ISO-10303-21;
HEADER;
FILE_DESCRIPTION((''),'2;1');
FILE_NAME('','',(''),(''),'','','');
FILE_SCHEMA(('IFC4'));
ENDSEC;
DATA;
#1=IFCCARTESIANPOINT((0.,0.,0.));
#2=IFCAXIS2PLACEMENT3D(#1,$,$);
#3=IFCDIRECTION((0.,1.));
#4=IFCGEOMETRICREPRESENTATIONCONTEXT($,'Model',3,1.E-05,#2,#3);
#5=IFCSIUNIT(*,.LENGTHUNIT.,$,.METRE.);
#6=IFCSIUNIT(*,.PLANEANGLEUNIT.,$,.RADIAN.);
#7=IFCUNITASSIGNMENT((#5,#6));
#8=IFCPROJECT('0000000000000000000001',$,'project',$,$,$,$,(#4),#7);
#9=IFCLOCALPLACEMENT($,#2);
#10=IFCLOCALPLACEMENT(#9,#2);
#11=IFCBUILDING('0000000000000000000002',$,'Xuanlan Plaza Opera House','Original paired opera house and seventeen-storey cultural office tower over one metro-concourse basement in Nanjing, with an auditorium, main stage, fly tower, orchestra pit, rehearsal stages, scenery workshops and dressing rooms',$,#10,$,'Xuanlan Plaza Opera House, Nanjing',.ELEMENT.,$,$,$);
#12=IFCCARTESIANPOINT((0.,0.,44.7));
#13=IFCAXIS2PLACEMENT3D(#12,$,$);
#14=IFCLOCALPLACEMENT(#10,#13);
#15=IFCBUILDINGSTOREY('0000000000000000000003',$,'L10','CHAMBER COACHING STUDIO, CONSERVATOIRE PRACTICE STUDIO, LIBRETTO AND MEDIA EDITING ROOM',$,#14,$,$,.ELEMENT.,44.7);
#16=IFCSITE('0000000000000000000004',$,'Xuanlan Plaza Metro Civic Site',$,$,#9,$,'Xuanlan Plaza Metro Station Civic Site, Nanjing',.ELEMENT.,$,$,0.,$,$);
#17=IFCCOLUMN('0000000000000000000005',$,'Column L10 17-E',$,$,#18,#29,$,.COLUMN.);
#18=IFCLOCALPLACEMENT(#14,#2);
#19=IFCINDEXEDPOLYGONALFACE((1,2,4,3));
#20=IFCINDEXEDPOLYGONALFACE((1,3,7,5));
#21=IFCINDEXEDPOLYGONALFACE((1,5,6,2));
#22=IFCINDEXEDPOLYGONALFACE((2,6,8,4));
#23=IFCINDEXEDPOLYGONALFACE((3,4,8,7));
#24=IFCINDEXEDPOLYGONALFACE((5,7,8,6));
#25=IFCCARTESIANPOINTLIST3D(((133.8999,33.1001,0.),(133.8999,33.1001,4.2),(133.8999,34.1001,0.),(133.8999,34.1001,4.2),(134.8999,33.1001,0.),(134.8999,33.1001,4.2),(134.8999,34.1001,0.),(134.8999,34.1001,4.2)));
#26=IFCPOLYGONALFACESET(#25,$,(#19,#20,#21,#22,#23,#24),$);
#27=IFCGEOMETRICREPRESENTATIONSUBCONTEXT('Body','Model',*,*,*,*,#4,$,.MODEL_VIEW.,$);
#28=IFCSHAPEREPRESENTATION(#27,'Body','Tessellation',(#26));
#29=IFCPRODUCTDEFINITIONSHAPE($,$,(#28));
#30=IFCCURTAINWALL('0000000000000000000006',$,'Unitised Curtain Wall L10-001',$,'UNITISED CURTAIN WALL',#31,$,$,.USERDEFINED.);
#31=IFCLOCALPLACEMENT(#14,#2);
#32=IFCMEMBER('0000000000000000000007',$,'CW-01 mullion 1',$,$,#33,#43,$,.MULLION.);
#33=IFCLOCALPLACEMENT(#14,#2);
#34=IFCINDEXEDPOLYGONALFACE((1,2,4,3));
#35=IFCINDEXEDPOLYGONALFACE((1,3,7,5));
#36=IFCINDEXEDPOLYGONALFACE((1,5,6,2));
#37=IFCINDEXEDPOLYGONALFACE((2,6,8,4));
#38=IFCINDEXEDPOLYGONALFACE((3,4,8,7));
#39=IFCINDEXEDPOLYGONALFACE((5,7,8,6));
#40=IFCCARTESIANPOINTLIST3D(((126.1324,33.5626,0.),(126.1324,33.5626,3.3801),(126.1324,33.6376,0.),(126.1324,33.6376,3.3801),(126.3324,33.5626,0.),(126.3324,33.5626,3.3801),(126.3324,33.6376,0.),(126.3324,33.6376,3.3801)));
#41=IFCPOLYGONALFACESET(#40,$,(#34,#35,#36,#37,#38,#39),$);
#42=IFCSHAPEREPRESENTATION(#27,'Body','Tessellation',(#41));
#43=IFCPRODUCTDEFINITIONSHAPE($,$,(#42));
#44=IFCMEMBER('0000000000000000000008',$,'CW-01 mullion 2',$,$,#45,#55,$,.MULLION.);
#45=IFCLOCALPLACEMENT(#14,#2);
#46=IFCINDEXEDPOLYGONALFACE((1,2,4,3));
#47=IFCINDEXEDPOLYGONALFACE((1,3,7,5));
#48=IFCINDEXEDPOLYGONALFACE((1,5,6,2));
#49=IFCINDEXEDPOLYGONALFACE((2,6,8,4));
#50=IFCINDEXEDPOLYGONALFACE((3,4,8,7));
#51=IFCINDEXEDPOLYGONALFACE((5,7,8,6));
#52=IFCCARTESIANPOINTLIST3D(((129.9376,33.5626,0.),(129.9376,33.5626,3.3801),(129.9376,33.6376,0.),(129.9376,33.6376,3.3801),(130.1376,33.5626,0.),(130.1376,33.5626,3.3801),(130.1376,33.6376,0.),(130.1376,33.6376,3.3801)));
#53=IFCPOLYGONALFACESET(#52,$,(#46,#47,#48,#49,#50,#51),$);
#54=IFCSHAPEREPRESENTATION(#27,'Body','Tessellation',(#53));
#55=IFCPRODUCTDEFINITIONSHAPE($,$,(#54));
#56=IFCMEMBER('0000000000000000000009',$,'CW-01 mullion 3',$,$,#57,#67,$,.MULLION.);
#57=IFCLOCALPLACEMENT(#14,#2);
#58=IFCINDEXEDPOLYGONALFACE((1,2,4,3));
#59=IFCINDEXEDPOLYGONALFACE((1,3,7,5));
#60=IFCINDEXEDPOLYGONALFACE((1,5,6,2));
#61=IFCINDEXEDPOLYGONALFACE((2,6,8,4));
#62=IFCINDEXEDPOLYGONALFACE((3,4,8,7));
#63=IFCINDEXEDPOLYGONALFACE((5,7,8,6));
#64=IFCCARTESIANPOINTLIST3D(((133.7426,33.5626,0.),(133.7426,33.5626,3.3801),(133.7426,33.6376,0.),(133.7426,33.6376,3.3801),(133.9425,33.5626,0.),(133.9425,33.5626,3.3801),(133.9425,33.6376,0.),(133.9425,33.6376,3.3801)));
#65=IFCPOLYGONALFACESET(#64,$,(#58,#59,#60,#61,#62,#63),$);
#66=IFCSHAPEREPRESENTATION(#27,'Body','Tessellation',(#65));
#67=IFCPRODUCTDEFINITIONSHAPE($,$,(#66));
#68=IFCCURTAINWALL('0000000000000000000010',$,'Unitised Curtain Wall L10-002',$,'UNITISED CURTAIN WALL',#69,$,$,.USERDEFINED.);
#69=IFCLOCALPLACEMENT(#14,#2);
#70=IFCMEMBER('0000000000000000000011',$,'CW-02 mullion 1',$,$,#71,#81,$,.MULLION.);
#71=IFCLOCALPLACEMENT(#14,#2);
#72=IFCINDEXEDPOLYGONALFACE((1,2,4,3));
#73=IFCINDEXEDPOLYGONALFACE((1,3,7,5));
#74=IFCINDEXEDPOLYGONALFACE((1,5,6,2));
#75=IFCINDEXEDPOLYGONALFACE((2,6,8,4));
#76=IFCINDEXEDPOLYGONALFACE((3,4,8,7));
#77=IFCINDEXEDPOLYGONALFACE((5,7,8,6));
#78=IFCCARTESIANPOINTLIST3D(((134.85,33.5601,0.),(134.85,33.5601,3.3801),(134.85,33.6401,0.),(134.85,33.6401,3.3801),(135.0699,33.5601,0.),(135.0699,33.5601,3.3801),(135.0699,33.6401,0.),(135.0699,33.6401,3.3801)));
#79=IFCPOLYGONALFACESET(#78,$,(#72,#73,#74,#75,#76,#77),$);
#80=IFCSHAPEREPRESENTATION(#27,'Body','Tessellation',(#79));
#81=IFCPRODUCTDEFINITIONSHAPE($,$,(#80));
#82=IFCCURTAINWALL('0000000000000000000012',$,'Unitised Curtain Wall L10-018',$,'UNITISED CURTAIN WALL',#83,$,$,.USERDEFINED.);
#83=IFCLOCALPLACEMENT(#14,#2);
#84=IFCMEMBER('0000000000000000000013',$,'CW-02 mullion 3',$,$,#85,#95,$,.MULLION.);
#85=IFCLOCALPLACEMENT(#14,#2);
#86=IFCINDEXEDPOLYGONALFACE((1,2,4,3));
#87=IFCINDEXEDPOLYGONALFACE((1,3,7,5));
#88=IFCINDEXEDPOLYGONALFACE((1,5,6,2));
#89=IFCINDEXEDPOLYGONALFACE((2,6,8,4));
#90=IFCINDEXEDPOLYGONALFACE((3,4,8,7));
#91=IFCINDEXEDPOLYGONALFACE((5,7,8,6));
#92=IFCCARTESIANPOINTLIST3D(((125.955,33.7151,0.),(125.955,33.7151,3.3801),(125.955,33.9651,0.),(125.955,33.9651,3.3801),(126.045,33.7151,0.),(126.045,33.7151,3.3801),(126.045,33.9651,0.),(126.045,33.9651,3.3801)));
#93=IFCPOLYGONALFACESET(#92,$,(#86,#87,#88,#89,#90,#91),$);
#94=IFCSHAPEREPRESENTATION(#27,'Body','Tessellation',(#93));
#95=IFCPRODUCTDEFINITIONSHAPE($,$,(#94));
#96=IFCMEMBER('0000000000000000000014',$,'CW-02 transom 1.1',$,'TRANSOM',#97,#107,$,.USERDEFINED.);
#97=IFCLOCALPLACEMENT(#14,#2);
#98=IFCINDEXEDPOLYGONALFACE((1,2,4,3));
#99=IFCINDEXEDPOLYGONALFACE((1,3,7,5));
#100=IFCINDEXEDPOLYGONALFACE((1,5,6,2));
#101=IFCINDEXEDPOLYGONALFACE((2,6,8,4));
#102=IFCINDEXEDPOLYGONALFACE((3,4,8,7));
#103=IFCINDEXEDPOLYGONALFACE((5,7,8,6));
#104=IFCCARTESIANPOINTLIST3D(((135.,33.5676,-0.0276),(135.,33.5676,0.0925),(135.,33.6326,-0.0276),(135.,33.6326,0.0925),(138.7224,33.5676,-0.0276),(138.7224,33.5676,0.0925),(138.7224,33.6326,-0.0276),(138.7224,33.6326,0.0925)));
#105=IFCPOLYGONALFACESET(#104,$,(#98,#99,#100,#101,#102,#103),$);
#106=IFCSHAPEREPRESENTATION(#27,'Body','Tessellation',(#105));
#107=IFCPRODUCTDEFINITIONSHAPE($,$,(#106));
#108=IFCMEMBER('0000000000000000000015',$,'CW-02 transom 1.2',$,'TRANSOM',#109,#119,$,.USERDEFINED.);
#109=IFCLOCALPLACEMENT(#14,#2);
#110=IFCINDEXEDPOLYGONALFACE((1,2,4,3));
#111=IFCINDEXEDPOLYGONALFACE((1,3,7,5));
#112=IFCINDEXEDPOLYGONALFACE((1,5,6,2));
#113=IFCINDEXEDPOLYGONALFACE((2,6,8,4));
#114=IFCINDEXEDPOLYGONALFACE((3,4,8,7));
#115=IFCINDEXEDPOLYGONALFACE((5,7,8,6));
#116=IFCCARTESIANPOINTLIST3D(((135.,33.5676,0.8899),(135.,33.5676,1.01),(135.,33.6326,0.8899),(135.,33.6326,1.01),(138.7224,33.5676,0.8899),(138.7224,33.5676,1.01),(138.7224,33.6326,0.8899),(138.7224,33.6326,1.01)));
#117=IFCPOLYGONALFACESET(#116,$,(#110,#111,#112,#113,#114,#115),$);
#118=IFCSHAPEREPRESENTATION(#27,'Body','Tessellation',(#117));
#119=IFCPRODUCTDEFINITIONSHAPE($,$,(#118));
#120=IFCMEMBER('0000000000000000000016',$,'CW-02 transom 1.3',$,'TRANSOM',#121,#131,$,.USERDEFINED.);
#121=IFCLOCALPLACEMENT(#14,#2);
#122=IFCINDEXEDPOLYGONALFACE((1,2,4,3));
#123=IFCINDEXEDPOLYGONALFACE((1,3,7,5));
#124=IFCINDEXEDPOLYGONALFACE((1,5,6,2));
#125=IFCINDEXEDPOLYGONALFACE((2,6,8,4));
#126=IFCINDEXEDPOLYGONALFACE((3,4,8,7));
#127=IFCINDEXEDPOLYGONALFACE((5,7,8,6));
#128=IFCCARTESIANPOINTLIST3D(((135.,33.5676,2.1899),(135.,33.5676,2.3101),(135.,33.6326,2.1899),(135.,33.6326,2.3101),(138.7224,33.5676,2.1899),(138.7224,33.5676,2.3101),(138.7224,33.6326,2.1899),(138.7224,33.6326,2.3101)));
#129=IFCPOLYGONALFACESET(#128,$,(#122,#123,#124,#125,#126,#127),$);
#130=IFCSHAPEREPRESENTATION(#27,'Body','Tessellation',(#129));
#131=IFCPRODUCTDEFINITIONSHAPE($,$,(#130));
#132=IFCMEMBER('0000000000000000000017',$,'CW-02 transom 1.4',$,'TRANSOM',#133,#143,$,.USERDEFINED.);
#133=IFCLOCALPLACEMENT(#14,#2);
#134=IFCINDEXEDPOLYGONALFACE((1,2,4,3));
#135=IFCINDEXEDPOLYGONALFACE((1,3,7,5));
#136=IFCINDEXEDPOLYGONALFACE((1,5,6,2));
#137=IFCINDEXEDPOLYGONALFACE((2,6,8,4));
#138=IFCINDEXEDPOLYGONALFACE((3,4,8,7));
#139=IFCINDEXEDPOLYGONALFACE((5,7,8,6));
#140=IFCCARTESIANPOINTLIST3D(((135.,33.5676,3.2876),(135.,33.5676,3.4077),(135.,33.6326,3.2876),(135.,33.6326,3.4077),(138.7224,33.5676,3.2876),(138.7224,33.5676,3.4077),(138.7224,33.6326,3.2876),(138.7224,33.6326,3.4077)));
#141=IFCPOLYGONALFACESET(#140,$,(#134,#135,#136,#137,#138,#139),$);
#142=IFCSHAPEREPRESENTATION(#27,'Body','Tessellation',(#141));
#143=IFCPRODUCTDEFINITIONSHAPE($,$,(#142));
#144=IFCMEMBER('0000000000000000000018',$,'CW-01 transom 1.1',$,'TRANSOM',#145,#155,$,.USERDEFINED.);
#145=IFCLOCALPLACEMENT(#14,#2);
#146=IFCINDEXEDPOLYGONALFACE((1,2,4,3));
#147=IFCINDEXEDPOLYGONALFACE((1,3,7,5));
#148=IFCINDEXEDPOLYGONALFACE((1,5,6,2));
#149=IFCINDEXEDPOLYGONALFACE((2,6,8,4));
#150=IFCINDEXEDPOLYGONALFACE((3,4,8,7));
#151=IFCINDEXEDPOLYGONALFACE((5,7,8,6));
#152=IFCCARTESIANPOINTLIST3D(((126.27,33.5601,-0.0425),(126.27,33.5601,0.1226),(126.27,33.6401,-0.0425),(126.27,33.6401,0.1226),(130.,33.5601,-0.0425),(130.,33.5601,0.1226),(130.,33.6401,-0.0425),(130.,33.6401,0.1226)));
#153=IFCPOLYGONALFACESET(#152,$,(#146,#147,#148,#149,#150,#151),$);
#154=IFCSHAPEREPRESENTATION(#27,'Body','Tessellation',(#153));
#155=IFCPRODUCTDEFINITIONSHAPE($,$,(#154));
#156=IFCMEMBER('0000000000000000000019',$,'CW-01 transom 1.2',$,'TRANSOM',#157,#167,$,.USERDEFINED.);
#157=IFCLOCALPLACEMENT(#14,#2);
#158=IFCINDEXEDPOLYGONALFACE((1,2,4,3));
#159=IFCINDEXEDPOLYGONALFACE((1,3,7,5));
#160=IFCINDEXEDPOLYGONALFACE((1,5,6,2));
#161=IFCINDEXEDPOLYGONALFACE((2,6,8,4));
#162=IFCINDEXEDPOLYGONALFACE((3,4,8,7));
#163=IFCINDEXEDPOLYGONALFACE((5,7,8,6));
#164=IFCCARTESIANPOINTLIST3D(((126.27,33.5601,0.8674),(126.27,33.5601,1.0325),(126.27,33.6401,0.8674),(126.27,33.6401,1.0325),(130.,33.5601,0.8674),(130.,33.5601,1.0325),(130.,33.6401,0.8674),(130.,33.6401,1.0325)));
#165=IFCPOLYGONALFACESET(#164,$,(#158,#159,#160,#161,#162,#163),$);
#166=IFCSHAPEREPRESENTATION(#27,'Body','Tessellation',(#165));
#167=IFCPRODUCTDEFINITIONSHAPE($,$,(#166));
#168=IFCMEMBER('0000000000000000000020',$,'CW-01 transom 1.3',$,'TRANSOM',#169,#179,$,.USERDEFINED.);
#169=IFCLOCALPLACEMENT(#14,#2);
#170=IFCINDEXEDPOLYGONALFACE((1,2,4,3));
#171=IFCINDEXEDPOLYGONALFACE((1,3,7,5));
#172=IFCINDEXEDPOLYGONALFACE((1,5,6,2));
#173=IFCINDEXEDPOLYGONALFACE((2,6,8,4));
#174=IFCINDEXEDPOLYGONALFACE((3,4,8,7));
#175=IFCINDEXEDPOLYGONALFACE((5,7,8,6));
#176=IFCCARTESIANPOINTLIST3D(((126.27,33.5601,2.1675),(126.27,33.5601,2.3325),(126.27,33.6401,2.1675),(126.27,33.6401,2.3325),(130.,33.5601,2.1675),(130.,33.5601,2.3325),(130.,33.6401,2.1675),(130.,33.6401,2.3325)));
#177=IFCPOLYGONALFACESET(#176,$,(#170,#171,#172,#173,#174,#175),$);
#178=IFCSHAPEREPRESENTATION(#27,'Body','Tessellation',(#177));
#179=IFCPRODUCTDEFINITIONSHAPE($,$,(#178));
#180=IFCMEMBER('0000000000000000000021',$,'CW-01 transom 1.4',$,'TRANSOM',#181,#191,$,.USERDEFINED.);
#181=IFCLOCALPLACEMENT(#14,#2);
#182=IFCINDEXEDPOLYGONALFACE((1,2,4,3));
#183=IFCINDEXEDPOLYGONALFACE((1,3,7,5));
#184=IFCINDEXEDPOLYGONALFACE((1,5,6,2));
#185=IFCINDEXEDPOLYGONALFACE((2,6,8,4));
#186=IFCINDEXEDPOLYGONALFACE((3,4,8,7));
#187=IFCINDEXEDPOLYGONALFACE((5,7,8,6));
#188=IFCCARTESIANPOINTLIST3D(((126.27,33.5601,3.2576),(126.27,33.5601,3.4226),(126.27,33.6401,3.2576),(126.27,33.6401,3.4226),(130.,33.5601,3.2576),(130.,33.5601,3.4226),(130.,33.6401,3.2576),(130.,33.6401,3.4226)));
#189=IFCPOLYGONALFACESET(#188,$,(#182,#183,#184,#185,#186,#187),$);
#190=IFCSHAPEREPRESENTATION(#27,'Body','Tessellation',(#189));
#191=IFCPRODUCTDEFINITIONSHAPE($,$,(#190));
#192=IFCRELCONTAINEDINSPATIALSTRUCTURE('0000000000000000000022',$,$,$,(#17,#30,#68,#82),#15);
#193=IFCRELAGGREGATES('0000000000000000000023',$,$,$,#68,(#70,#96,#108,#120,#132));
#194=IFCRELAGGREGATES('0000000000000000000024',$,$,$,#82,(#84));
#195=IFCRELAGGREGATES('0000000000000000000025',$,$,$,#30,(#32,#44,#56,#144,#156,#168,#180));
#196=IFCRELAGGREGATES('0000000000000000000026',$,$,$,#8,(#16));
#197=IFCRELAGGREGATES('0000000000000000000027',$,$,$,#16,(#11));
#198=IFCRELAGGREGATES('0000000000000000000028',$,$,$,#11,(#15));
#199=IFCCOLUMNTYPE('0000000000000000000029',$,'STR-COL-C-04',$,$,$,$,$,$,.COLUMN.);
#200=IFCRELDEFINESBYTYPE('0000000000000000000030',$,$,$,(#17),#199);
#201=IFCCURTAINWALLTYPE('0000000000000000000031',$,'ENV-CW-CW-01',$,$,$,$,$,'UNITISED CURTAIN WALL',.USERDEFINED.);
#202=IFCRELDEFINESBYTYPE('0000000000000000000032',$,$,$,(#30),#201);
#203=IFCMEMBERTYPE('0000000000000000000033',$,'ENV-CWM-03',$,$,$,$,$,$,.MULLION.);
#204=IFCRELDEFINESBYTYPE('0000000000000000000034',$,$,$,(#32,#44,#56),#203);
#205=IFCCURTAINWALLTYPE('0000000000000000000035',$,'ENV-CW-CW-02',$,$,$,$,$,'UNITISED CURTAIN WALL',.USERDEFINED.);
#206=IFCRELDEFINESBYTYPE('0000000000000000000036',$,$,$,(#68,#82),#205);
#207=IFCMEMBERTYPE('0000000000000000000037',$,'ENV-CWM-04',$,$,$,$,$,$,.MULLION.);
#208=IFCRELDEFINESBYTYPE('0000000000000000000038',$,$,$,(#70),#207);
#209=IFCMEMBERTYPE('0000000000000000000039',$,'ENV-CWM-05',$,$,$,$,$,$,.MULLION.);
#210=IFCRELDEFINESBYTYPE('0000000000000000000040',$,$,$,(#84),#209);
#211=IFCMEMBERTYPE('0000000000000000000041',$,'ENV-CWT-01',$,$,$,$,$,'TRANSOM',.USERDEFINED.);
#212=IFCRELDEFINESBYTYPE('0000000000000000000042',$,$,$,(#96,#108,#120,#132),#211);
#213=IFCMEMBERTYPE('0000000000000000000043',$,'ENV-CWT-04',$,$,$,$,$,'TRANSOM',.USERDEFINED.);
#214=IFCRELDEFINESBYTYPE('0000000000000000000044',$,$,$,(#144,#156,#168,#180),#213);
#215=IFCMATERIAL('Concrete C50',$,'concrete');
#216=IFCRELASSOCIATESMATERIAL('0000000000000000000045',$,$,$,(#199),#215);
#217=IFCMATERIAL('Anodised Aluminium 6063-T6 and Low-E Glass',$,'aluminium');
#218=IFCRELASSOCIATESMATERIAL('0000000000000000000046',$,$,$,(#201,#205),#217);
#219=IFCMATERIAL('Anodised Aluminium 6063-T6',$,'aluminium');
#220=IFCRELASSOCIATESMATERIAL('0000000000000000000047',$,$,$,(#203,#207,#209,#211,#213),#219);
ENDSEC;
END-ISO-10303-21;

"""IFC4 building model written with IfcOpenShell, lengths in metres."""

from ifc_helpers import new_model, si_unit, direction, frame, origin, origin_2d, place, context, subcontext, project, spatial, rectangle, extrude, material, material_profile, profile_set, type_object, element, aggregate, save


model = new_model("IFC4")

# Units and contexts
model_context = context("Model", 3, precision=1e-05, world=origin(), true_north=direction((0.0, 1.0)))
body_context = subcontext(model_context, "Body", "Model", "MODEL_VIEW")
ifc_project = project(units=[si_unit("LENGTHUNIT", "METRE"), si_unit("PLANEANGLEUNIT", "RADIAN")], contexts=[model_context])

# Site, building, storey
site_placement = place(None, origin())
site = spatial("IfcSite", under=ifc_project, at=site_placement, Name="Xuanlan Plaza Metro Civic Site", LongName="Xuanlan Plaza Metro Station Civic Site, Nanjing", CompositionType="ELEMENT", RefElevation=0.0)
building_placement = place(site_placement, origin())
building = spatial("IfcBuilding", under=site, at=building_placement, Name="Xuanlan Plaza Opera House", Description="Original paired opera house and seventeen-storey cultural office tower over one metro-concourse basement in Nanjing, with an auditorium, main stage, fly tower, orchestra pit, rehearsal stages, scenery workshops and dressing rooms", LongName="Xuanlan Plaza Opera House, Nanjing", CompositionType="ELEMENT")
storey_placement = place(building_placement, frame((0.0, 0.0, 44.7)))
storey = spatial("IfcBuildingStorey", under=building, at=storey_placement, Name="L10", Description="CHAMBER COACHING STUDIO, CONSERVATOIRE PRACTICE STUDIO, LIBRETTO AND MEDIA EDITING ROOM", CompositionType="ELEMENT", Elevation=44.7)

# Column
ifc_material_1 = material(Name="Concrete C50", Category="concrete")
ifc_material_profile_1 = material_profile(ifc_material_1, rectangle(XDim=1.0, YDim=1.0, at=origin_2d()), Name="RC-COL 1000x1000")
ifc_profile_set_1 = profile_set([ifc_material_profile_1], Name="Concrete C50")
column_type = type_object("IfcColumnType", Name="STR-COL-C-04", PredefinedType="COLUMN", material=ifc_profile_set_1)
column_placement = place(storey_placement, frame((134.3999, 33.6001, 0.0), z_axis=(0.0, 0.0, 1.0), x_axis=(1.0, 0.0, 0.0)))
element("IfcColumn", 1, at=column_placement, inside=storey, type_object=column_type, Name="Column L10 17-E", PredefinedType="COLUMN", context=body_context, shape_type="SweptSolid", body=[
    extrude(rectangle(XDim=1.0, YDim=1.0, at=origin_2d()), origin(), (0.0, 0.0, 1.0), 4.2),
])

# Curtain wall, members
ifc_material_2 = material(Name="Anodised Aluminium 6063-T6 and Low-E Glass", Category="aluminium")
curtain_wall_type_1 = type_object("IfcCurtainWallType", Name="ENV-CW-CW-01", ElementType="UNITISED CURTAIN WALL", PredefinedType="USERDEFINED", material=ifc_material_2)
curtain_wall_1_placement = place(storey_placement, origin())
curtain_wall_1 = element("IfcCurtainWall", 2, at=curtain_wall_1_placement, inside=storey, type_object=curtain_wall_type_1, Name="Unitised Curtain Wall L10-001", ObjectType="UNITISED CURTAIN WALL", PredefinedType="USERDEFINED")
ifc_material_3 = material(Name="Anodised Aluminium 6063-T6", Category="aluminium")
ifc_material_profile_2 = material_profile(ifc_material_3, rectangle(XDim=0.075, YDim=0.2, at=origin_2d()), Name="ALU-M 75x200")
ifc_profile_set_2 = profile_set([ifc_material_profile_2], Name="Anodised Aluminium 6063-T6")
member_type_1 = type_object("IfcMemberType", Name="ENV-CWM-03", PredefinedType="MULLION", material=ifc_profile_set_2)
member_1_placement = place(storey_placement, frame((126.2324, 33.6001, 0.0), z_axis=(0.0, 0.0, 1.0), x_axis=(0.0, 1.0, 0.0)))
member_1 = element("IfcMember", 3, at=member_1_placement, type_object=member_type_1, Name="CW-01 mullion 1", PredefinedType="MULLION", context=body_context, shape_type="SweptSolid", body=[
    extrude(rectangle(XDim=0.075, YDim=0.2, at=origin_2d()), origin(), (0.0, 0.0, 1.0), 3.3801),
])
member_2_placement = place(storey_placement, frame((130.0376, 33.6001, 0.0), z_axis=(0.0, 0.0, 1.0), x_axis=(0.0, 1.0, 0.0)))
member_2 = element("IfcMember", 4, at=member_2_placement, type_object=member_type_1, Name="CW-01 mullion 2", PredefinedType="MULLION", context=body_context, shape_type="SweptSolid", body=[
    extrude(rectangle(XDim=0.075, YDim=0.2, at=origin_2d()), origin(), (0.0, 0.0, 1.0), 3.3801),
])
member_3_placement = place(storey_placement, frame((133.8425, 33.6001, 0.0), z_axis=(0.0, 0.0, 1.0), x_axis=(0.0, 1.0, 0.0)))
member_3 = element("IfcMember", 5, at=member_3_placement, type_object=member_type_1, Name="CW-01 mullion 3", PredefinedType="MULLION", context=body_context, shape_type="SweptSolid", body=[
    extrude(rectangle(XDim=0.075, YDim=0.2, at=origin_2d()), origin(), (0.0, 0.0, 1.0), 3.3801),
])

# Curtain walls, members
curtain_wall_type_2 = type_object("IfcCurtainWallType", Name="ENV-CW-CW-02", ElementType="UNITISED CURTAIN WALL", PredefinedType="USERDEFINED", material=ifc_material_2)
curtain_wall_2_placement = place(storey_placement, origin())
curtain_wall_2 = element("IfcCurtainWall", 6, at=curtain_wall_2_placement, inside=storey, type_object=curtain_wall_type_2, Name="Unitised Curtain Wall L10-002", ObjectType="UNITISED CURTAIN WALL", PredefinedType="USERDEFINED")
ifc_material_profile_3 = material_profile(ifc_material_3, rectangle(XDim=0.0801, YDim=0.22, at=origin_2d()), Name="ALU-M 80x220")
ifc_profile_set_3 = profile_set([ifc_material_profile_3], Name="Anodised Aluminium 6063-T6")
member_type_2 = type_object("IfcMemberType", Name="ENV-CWM-04", PredefinedType="MULLION", material=ifc_profile_set_3)
member_4_placement = place(storey_placement, frame((134.96, 33.6001, 0.0), z_axis=(0.0, 0.0, 1.0), x_axis=(0.0, 1.0, 0.0)))
member_4 = element("IfcMember", 7, at=member_4_placement, type_object=member_type_2, Name="CW-02 mullion 1", PredefinedType="MULLION", context=body_context, shape_type="SweptSolid", body=[
    extrude(rectangle(XDim=0.0801, YDim=0.22, at=origin_2d()), origin(), (0.0, 0.0, 1.0), 3.3801),
])
curtain_wall_3_placement = place(storey_placement, origin())
curtain_wall_3 = element("IfcCurtainWall", 8, at=curtain_wall_3_placement, inside=storey, type_object=curtain_wall_type_2, Name="Unitised Curtain Wall L10-018", ObjectType="UNITISED CURTAIN WALL", PredefinedType="USERDEFINED")
ifc_material_profile_4 = material_profile(ifc_material_3, rectangle(XDim=0.0901, YDim=0.25, at=origin_2d()), Name="ALU-M 90x250")
ifc_profile_set_4 = profile_set([ifc_material_profile_4], Name="Anodised Aluminium 6063-T6")
member_type_3 = type_object("IfcMemberType", Name="ENV-CWM-05", PredefinedType="MULLION", material=ifc_profile_set_4)
member_5_placement = place(storey_placement, frame((126.0, 33.8401, 0.0), z_axis=(0.0, 0.0, 1.0), x_axis=(1.0, 0.0, 0.0)))
member_5 = element("IfcMember", 9, at=member_5_placement, type_object=member_type_3, Name="CW-02 mullion 3", PredefinedType="MULLION", context=body_context, shape_type="SweptSolid", body=[
    extrude(rectangle(XDim=0.0901, YDim=0.25, at=origin_2d()), origin(), (0.0, 0.0, 1.0), 3.3801),
])

# Members
ifc_material_profile_5 = material_profile(ifc_material_3, rectangle(XDim=0.0649, YDim=0.1201, at=origin_2d()), Name="ALU-T 65x120")
ifc_profile_set_5 = profile_set([ifc_material_profile_5], Name="Anodised Aluminium 6063-T6")
member_type_4 = type_object("IfcMemberType", Name="ENV-CWT-01", ElementType="TRANSOM", PredefinedType="USERDEFINED", material=ifc_profile_set_5)
member_6_placement = place(storey_placement, frame((135.0, 33.6001, 0.0325), z_axis=(1.0, 0.0, 0.0), x_axis=(0.0, 1.0, 0.0)))
member_6 = element("IfcMember", 10, at=member_6_placement, type_object=member_type_4, Name="CW-02 transom 1.1", ObjectType="TRANSOM", PredefinedType="USERDEFINED", context=body_context, shape_type="SweptSolid", body=[
    extrude(rectangle(XDim=0.0649, YDim=0.1201, at=origin_2d()), origin(), (0.0, 0.0, 1.0), 3.7224),
])
member_7_placement = place(storey_placement, frame((135.0, 33.6001, 0.95), z_axis=(1.0, 0.0, 0.0), x_axis=(0.0, 1.0, 0.0)))
member_7 = element("IfcMember", 11, at=member_7_placement, type_object=member_type_4, Name="CW-02 transom 1.2", ObjectType="TRANSOM", PredefinedType="USERDEFINED", context=body_context, shape_type="SweptSolid", body=[
    extrude(rectangle(XDim=0.0649, YDim=0.1201, at=origin_2d()), origin(), (0.0, 0.0, 1.0), 3.7224),
])
member_8_placement = place(storey_placement, frame((135.0, 33.6001, 2.25), z_axis=(1.0, 0.0, 0.0), x_axis=(0.0, 1.0, 0.0)))
member_8 = element("IfcMember", 12, at=member_8_placement, type_object=member_type_4, Name="CW-02 transom 1.3", ObjectType="TRANSOM", PredefinedType="USERDEFINED", context=body_context, shape_type="SweptSolid", body=[
    extrude(rectangle(XDim=0.0649, YDim=0.1201, at=origin_2d()), origin(), (0.0, 0.0, 1.0), 3.7224),
])
member_9_placement = place(storey_placement, frame((135.0, 33.6001, 3.3477), z_axis=(1.0, 0.0, 0.0), x_axis=(0.0, 1.0, 0.0)))
member_9 = element("IfcMember", 13, at=member_9_placement, type_object=member_type_4, Name="CW-02 transom 1.4", ObjectType="TRANSOM", PredefinedType="USERDEFINED", context=body_context, shape_type="SweptSolid", body=[
    extrude(rectangle(XDim=0.0649, YDim=0.1201, at=origin_2d()), origin(), (0.0, 0.0, 1.0), 3.7224),
])
aggregate(curtain_wall_2, [member_4, member_6, member_7, member_8, member_9])
ifc_material_profile_6 = material_profile(ifc_material_3, rectangle(XDim=0.0801, YDim=0.165, at=origin_2d()), Name="ALU-T 80x165")
ifc_profile_set_6 = profile_set([ifc_material_profile_6], Name="Anodised Aluminium 6063-T6")
member_type_5 = type_object("IfcMemberType", Name="ENV-CWT-04", ElementType="TRANSOM", PredefinedType="USERDEFINED", material=ifc_profile_set_6)
member_10_placement = place(storey_placement, frame((126.27, 33.6001, 0.04), z_axis=(1.0, 0.0, 0.0), x_axis=(0.0, 1.0, 0.0)))
member_10 = element("IfcMember", 14, at=member_10_placement, type_object=member_type_5, Name="CW-01 transom 1.1", ObjectType="TRANSOM", PredefinedType="USERDEFINED", context=body_context, shape_type="SweptSolid", body=[
    extrude(rectangle(XDim=0.0801, YDim=0.165, at=origin_2d()), origin(), (0.0, 0.0, 1.0), 3.73),
])
member_11_placement = place(storey_placement, frame((126.27, 33.6001, 0.95), z_axis=(1.0, 0.0, 0.0), x_axis=(0.0, 1.0, 0.0)))
member_11 = element("IfcMember", 15, at=member_11_placement, type_object=member_type_5, Name="CW-01 transom 1.2", ObjectType="TRANSOM", PredefinedType="USERDEFINED", context=body_context, shape_type="SweptSolid", body=[
    extrude(rectangle(XDim=0.0801, YDim=0.165, at=origin_2d()), origin(), (0.0, 0.0, 1.0), 3.73),
])
member_12_placement = place(storey_placement, frame((126.27, 33.6001, 2.25), z_axis=(1.0, 0.0, 0.0), x_axis=(0.0, 1.0, 0.0)))
member_12 = element("IfcMember", 16, at=member_12_placement, type_object=member_type_5, Name="CW-01 transom 1.3", ObjectType="TRANSOM", PredefinedType="USERDEFINED", context=body_context, shape_type="SweptSolid", body=[
    extrude(rectangle(XDim=0.0801, YDim=0.165, at=origin_2d()), origin(), (0.0, 0.0, 1.0), 3.73),
])
member_13_placement = place(storey_placement, frame((126.27, 33.6001, 3.3401), z_axis=(1.0, 0.0, 0.0), x_axis=(0.0, 1.0, 0.0)))
member_13 = element("IfcMember", 17, at=member_13_placement, type_object=member_type_5, Name="CW-01 transom 1.4", ObjectType="TRANSOM", PredefinedType="USERDEFINED", context=body_context, shape_type="SweptSolid", body=[
    extrude(rectangle(XDim=0.0801, YDim=0.165, at=origin_2d()), origin(), (0.0, 0.0, 1.0), 3.73),
])

aggregate(curtain_wall_3, [member_5])
aggregate(curtain_wall_1, [member_1, member_2, member_3, member_10, member_11, member_12, member_13])

save(model, "model.ifc")
